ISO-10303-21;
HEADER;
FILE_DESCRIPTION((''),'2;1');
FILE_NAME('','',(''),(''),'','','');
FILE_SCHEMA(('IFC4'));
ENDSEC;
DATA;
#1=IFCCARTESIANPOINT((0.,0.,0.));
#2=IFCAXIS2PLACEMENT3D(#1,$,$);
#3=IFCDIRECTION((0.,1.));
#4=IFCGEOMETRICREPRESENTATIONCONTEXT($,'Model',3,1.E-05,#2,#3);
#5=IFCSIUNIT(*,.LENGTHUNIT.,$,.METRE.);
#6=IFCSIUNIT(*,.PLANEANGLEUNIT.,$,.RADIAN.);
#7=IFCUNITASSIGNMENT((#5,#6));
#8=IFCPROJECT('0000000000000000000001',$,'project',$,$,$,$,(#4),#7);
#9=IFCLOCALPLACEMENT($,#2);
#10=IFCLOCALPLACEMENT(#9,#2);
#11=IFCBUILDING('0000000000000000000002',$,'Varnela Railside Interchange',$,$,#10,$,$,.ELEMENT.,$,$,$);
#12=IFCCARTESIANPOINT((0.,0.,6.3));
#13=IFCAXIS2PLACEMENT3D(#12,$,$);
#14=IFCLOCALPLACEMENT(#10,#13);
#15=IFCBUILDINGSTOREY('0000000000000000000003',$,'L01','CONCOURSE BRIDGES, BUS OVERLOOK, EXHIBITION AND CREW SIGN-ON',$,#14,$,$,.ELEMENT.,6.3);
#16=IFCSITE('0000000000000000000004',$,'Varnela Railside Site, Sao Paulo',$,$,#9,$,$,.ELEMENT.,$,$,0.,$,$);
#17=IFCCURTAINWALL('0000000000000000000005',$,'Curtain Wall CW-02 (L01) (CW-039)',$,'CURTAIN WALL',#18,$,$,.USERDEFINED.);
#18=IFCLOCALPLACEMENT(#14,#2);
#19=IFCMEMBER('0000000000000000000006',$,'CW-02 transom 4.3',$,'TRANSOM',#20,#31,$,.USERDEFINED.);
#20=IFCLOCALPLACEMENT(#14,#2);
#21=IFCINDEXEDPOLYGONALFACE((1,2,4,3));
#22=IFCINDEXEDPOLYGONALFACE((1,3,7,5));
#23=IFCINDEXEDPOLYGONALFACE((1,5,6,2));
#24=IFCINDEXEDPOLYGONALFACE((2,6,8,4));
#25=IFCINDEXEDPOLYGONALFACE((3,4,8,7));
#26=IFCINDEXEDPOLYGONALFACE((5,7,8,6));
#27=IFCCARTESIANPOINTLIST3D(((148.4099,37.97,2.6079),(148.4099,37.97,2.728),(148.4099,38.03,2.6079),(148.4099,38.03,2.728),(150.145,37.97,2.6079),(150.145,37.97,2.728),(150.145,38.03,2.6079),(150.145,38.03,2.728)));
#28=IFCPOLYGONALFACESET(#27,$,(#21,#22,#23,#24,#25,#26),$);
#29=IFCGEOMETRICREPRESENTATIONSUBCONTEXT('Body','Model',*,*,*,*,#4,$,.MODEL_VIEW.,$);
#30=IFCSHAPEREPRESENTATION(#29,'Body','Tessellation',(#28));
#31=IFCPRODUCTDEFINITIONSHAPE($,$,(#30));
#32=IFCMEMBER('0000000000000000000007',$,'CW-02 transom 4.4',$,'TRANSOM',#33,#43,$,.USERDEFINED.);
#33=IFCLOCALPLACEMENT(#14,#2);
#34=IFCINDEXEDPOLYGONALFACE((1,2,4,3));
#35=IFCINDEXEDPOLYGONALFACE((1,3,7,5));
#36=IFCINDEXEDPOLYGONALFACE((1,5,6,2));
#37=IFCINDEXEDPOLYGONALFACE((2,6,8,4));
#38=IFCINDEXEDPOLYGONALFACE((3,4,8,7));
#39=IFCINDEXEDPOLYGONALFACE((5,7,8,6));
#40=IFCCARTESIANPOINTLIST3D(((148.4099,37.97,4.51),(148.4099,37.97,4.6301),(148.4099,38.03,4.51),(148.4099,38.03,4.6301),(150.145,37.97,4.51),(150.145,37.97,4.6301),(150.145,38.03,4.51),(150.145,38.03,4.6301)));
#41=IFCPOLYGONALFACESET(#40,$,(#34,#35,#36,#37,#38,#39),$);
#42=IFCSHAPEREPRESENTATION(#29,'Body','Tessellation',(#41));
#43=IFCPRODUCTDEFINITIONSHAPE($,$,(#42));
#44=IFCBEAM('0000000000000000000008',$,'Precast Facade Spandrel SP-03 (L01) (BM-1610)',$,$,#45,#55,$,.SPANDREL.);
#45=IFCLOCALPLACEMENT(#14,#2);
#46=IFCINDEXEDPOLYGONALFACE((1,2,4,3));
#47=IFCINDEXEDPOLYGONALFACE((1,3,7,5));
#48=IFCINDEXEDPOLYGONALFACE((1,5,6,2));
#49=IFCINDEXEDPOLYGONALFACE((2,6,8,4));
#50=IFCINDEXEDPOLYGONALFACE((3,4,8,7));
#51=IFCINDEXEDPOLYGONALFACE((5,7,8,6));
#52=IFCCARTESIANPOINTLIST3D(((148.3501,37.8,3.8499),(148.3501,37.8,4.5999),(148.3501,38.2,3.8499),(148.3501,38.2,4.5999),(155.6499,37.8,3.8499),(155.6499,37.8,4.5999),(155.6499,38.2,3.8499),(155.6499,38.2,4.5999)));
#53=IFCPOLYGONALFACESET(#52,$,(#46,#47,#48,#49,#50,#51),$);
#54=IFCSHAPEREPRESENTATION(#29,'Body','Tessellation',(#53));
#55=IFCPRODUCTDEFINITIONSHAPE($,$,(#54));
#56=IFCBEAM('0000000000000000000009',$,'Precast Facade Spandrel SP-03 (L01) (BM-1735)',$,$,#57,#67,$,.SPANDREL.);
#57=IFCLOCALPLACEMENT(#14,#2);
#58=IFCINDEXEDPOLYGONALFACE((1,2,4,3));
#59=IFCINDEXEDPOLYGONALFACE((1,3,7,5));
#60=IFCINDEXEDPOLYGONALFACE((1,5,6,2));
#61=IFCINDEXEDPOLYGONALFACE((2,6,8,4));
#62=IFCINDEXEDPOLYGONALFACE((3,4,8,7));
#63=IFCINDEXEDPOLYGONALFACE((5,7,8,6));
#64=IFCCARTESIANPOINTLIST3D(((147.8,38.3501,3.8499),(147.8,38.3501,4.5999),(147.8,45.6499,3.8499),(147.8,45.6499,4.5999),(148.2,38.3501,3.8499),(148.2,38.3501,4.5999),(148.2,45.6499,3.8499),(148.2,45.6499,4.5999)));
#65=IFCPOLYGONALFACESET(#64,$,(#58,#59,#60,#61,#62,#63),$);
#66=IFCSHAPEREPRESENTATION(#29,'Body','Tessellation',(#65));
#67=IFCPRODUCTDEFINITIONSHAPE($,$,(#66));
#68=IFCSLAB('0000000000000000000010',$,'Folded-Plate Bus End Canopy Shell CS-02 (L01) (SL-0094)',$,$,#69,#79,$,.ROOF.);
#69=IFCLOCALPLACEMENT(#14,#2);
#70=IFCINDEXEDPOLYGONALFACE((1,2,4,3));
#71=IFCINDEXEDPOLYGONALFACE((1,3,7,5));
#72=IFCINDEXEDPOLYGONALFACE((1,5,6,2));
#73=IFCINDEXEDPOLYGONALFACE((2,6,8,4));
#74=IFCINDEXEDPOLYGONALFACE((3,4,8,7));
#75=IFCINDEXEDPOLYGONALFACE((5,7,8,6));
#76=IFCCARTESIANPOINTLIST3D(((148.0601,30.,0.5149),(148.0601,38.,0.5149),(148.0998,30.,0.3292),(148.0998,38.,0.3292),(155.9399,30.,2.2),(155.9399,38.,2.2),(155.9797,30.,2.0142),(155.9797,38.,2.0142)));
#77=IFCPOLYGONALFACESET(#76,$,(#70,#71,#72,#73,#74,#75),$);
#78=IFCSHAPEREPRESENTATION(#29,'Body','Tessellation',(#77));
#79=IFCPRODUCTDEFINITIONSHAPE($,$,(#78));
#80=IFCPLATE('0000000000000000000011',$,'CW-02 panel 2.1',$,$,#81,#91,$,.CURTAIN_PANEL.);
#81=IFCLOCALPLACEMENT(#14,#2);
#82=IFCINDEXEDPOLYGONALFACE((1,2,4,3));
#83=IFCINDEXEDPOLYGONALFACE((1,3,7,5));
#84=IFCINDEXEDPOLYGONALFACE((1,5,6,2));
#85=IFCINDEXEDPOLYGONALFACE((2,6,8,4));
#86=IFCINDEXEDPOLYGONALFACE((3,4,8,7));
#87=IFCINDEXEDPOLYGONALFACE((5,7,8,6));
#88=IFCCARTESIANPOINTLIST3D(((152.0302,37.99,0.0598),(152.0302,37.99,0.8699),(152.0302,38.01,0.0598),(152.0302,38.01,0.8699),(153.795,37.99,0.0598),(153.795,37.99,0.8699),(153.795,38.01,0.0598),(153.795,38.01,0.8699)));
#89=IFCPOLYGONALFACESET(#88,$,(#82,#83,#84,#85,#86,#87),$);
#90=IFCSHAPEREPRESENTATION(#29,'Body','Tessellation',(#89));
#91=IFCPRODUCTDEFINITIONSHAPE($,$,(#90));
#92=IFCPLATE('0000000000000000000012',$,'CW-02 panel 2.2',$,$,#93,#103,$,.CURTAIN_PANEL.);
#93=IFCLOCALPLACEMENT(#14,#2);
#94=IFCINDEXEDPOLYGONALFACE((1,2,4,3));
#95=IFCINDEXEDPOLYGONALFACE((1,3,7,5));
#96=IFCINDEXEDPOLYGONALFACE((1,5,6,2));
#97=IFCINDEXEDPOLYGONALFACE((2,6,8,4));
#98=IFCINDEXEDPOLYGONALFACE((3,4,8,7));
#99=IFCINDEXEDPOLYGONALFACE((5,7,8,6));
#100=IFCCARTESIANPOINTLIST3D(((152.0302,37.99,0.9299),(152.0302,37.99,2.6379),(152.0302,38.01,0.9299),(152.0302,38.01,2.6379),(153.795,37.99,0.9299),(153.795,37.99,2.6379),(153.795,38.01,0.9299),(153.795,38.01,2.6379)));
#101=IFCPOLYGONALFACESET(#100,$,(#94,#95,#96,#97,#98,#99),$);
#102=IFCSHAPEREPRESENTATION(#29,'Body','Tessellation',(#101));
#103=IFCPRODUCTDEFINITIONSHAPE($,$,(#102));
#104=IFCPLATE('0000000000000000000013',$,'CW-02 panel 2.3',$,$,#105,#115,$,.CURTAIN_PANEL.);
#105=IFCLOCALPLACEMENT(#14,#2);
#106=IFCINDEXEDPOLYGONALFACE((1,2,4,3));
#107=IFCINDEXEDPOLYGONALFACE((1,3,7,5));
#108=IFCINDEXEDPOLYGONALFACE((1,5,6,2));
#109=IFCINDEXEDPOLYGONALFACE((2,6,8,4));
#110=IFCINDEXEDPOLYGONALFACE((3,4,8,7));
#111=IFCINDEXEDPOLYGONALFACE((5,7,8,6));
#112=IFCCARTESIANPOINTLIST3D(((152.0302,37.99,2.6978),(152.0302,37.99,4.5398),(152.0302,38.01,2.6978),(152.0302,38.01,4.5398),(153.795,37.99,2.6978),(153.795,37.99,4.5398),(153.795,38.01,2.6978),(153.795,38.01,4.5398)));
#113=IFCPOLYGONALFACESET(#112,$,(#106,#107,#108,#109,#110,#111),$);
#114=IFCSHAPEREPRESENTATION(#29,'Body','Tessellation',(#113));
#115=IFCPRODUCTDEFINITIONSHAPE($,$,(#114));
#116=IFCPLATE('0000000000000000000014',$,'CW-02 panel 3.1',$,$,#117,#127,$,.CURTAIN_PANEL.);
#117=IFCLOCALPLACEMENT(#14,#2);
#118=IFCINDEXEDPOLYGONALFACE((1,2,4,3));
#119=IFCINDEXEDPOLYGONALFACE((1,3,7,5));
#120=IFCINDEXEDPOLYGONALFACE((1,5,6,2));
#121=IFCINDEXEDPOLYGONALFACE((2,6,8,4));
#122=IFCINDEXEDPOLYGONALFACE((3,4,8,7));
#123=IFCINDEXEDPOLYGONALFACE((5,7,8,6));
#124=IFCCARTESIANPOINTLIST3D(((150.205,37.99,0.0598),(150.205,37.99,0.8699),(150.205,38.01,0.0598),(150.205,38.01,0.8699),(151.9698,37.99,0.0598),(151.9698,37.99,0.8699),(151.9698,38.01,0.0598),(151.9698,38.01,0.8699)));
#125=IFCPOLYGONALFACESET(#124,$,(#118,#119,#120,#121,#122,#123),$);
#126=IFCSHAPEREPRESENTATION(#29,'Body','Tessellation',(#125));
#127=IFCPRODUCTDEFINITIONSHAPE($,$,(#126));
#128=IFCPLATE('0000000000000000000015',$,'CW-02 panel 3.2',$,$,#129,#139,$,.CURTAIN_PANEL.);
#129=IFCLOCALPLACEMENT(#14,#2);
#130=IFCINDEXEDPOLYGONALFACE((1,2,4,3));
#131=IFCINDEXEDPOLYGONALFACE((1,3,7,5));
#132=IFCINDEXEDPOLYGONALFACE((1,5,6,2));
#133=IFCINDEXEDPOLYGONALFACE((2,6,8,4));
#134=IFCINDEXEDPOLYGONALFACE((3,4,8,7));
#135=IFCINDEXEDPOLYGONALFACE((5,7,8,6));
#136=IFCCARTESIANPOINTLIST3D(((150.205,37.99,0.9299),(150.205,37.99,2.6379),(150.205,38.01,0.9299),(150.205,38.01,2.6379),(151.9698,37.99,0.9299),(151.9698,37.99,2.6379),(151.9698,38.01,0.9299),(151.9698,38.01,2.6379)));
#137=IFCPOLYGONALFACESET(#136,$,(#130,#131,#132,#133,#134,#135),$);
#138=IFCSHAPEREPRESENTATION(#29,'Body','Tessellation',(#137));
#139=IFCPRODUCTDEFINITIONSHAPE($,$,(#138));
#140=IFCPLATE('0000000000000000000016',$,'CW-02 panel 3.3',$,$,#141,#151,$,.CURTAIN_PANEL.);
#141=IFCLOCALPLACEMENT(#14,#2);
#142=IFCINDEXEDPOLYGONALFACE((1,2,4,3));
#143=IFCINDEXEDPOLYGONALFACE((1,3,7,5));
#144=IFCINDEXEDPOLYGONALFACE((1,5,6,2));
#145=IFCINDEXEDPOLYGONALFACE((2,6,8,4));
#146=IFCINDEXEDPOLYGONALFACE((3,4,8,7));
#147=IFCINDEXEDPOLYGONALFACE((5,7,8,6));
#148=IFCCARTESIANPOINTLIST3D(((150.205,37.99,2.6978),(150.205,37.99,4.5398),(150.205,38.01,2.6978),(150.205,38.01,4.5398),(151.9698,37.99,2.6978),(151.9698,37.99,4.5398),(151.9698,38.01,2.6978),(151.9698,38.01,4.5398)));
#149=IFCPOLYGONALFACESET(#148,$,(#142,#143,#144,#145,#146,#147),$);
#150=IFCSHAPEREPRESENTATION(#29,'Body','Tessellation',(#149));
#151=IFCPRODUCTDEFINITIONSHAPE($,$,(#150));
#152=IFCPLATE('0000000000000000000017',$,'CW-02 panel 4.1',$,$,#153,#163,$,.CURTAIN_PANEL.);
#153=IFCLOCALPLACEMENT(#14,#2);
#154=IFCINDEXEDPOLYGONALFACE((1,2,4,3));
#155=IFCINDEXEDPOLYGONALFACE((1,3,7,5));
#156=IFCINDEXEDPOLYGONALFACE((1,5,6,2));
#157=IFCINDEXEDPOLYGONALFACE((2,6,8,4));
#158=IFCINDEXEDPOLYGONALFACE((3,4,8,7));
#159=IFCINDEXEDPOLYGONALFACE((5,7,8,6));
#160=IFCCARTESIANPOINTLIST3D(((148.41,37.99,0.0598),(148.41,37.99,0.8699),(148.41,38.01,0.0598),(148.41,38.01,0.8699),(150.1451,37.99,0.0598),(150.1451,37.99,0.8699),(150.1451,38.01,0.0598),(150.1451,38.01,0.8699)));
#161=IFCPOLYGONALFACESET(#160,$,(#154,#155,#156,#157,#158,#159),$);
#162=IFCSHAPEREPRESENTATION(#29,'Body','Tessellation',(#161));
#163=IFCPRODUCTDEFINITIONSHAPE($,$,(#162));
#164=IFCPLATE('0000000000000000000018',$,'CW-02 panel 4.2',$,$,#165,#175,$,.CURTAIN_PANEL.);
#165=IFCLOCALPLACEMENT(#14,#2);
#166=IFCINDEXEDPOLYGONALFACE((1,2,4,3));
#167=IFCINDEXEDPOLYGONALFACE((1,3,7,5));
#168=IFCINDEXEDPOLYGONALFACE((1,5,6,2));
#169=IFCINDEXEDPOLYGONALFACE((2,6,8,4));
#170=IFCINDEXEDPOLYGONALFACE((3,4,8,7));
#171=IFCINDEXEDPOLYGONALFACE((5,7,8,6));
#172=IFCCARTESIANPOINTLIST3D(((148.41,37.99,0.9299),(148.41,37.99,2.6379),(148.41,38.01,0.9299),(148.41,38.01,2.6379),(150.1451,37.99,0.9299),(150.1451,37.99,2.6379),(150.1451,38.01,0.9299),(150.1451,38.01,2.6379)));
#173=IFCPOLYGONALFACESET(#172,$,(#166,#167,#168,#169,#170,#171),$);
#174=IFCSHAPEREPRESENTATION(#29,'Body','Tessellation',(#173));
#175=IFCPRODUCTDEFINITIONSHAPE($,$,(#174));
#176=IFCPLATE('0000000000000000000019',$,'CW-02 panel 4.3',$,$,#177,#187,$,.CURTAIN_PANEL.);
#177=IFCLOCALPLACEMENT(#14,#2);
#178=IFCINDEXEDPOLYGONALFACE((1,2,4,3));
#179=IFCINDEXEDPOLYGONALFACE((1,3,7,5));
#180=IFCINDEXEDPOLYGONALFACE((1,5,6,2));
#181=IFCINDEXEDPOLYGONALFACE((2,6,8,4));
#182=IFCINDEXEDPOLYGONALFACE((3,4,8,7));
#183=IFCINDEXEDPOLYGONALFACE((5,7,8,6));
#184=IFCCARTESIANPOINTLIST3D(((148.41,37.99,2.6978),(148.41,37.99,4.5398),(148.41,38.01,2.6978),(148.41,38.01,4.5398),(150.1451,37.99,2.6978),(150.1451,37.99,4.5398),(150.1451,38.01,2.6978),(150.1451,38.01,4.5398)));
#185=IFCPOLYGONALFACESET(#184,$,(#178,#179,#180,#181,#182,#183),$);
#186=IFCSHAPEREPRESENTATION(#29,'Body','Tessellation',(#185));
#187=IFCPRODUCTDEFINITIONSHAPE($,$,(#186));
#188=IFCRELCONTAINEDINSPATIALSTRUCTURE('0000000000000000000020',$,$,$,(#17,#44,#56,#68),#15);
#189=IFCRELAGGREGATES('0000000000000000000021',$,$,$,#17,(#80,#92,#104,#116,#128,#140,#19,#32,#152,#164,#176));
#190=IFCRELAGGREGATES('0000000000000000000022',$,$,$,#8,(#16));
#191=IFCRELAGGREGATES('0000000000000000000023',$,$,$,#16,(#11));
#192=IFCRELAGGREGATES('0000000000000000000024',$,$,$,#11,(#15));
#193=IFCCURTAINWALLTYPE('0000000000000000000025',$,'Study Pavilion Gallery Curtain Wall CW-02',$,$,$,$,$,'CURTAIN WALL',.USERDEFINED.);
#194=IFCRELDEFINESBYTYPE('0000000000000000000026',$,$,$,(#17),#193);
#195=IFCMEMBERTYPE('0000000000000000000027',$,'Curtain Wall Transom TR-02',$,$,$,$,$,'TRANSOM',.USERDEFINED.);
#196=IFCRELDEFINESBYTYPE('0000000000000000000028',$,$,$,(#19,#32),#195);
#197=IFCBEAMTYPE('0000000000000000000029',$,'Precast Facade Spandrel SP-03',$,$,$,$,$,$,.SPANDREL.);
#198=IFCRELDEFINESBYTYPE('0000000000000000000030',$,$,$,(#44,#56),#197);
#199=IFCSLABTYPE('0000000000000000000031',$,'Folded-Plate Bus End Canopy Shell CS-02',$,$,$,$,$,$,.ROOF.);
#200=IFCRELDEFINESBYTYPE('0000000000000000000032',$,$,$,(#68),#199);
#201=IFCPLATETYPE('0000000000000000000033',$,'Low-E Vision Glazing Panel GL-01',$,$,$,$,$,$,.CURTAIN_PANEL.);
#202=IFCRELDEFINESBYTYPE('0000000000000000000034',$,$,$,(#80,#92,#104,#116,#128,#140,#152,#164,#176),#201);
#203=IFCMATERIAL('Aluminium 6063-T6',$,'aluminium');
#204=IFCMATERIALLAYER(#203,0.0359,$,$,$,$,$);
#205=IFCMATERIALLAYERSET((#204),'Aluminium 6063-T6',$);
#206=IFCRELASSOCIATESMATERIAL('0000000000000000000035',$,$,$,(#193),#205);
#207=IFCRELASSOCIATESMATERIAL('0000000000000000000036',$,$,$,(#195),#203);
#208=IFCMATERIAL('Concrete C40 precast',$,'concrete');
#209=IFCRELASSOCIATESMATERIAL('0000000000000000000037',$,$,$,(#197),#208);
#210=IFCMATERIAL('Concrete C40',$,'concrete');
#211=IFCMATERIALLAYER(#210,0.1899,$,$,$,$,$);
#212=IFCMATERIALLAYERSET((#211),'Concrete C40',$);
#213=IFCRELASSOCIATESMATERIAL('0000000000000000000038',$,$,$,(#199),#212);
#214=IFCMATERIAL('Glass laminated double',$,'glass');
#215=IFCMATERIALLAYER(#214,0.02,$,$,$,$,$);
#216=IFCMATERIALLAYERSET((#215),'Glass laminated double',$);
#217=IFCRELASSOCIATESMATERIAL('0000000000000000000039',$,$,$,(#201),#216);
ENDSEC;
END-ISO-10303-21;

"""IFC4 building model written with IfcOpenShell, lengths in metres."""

from ifc_helpers import new_model, si_unit, direction, frame, origin, origin_2d, place, context, subcontext, project, spatial, polyline, rectangle, outline, extrude, material, layer, layer_set, material_profile, profile_set, type_object, element, aggregate, save


model = new_model("IFC4")

# Units and contexts
model_context = context("Model", 3, precision=1e-05, world=origin(), true_north=direction((0.0, 1.0)))
body_context = subcontext(model_context, "Body", "Model", "MODEL_VIEW")
ifc_project = project(units=[si_unit("LENGTHUNIT", "METRE"), si_unit("PLANEANGLEUNIT", "RADIAN")], contexts=[model_context])

# Site, building, storey
site_placement = place(None, origin())
site = spatial("IfcSite", under=ifc_project, at=site_placement, Name="Varnela Railside Site, Sao Paulo", CompositionType="ELEMENT", RefElevation=0.0)
building_placement = place(site_placement, origin())
building = spatial("IfcBuilding", under=site, at=building_placement, Name="Varnela Railside Interchange", CompositionType="ELEMENT")
storey_placement = place(building_placement, frame((0.0, 0.0, 6.3)))
storey = spatial("IfcBuildingStorey", under=building, at=storey_placement, Name="L01", Description="CONCOURSE BRIDGES, BUS OVERLOOK, EXHIBITION AND CREW SIGN-ON", CompositionType="ELEMENT", Elevation=6.3)

# Curtain wall, members
ifc_material_1 = material(Name="Aluminium 6063-T6", Category="aluminium")
ifc_layer_1 = layer(ifc_material_1, 0.0359)
ifc_layer_set_1 = layer_set([ifc_layer_1], Name="Aluminium 6063-T6")
curtain_wall_type = type_object("IfcCurtainWallType", Name="Study Pavilion Gallery Curtain Wall CW-02", ElementType="CURTAIN WALL", PredefinedType="USERDEFINED", material=ifc_layer_set_1)
curtain_wall_placement = place(storey_placement, origin())
curtain_wall = element("IfcCurtainWall", 1, at=curtain_wall_placement, inside=storey, type_object=curtain_wall_type, Name="Curtain Wall CW-02 (L01) (CW-039)", ObjectType="CURTAIN WALL", PredefinedType="USERDEFINED")
ifc_material_profile_1 = material_profile(ifc_material_1, rectangle(XDim=0.0601, YDim=0.1201, at=origin_2d()), Name="ALU 60x120")
ifc_profile_set_1 = profile_set([ifc_material_profile_1], Name="Aluminium 6063-T6")
member_type_1 = type_object("IfcMemberType", Name="Curtain Wall Transom TR-02", ElementType="TRANSOM", PredefinedType="USERDEFINED", material=ifc_profile_set_1)
member_1_placement = place(storey_placement, frame((150.145, 38.0, 2.668), z_axis=(-1.0, 0.0, 0.0), x_axis=(0.0, -1.0, 0.0)))
member_1 = element("IfcMember", 2, at=member_1_placement, type_object=member_type_1, Name="CW-02 transom 4.3", ObjectType="TRANSOM", PredefinedType="USERDEFINED", context=body_context, shape_type="SweptSolid", body=[
    extrude(rectangle(XDim=0.0601, YDim=0.1201, at=origin_2d()), origin(), (0.0, 0.0, 1.0), 1.7351),
])
member_2_placement = place(storey_placement, frame((150.145, 38.0, 4.5701), z_axis=(-1.0, 0.0, 0.0), x_axis=(0.0, -1.0, 0.0)))
member_2 = element("IfcMember", 3, at=member_2_placement, type_object=member_type_1, Name="CW-02 transom 4.4", ObjectType="TRANSOM", PredefinedType="USERDEFINED", context=body_context, shape_type="SweptSolid", body=[
    extrude(rectangle(XDim=0.0601, YDim=0.1201, at=origin_2d()), origin(), (0.0, 0.0, 1.0), 1.7351),
])

# Beams
ifc_material_2 = material(Name="Concrete C40 precast", Category="concrete")
ifc_material_profile_2 = material_profile(ifc_material_2, rectangle(XDim=0.3999, YDim=0.75, at=origin_2d()), Name="PC 400x750")
ifc_profile_set_2 = profile_set([ifc_material_profile_2], Name="Concrete C40 precast")
beam_type_1 = type_object("IfcBeamType", Name="Precast Facade Spandrel SP-03", PredefinedType="SPANDREL", material=ifc_profile_set_2)
for number, where, z_axis, x_axis, name in (
    (4, (148.3501, 38.0, 4.2249), (1.0, 0.0, 0.0), (0.0, 1.0, 0.0), "Precast Facade Spandrel SP-03 (L01) (BM-1610)"),
    (5, (148.0, 38.3501, 4.2249), (0.0, 1.0, 0.0), (-1.0, 0.0, 0.0), "Precast Facade Spandrel SP-03 (L01) (BM-1735)"),
):
    element("IfcBeam", number, at=place(storey_placement, frame(where, z_axis=z_axis, x_axis=x_axis)), inside=storey, type_object=beam_type_1, Name=name, PredefinedType="SPANDREL", context=body_context, shape_type="SweptSolid", body=[
        extrude(rectangle(XDim=0.3999, YDim=0.75, at=origin_2d()), origin(), (0.0, 0.0, 1.0), 7.2998),
    ])

# Slab
ifc_material_3 = material(Name="Concrete C40", Category="concrete")
ifc_layer_2 = layer(ifc_material_3, 0.1899)
ifc_layer_set_2 = layer_set([ifc_layer_2], Name="Concrete C40")
slab_type = type_object("IfcSlabType", Name="Folded-Plate Bus End Canopy Shell CS-02", PredefinedType="ROOF", material=ifc_layer_set_2)
slab_placement = place(storey_placement, frame((148.0601, 30.0, 0.5149), z_axis=(-0.209115, 0.0, 0.977891), x_axis=(0.977891, 0.0, 0.209115)))
element("IfcSlab", 6, at=slab_placement, inside=storey, type_object=slab_type, Name="Folded-Plate Bus End Canopy Shell CS-02 (L01) (SL-0094)", PredefinedType="ROOF", context=body_context, shape_type="SweptSolid", body=[
    extrude(outline(polyline([(0.0, 0.0), (8.058, 0.0), (8.058, 8.0), (0.0, 8.0), (0.0, 0.0)])), origin(), (0.0, 0.0, -1.0), 0.1899),
])

# Plates
ifc_material_4 = material(Name="Glass laminated double", Category="glass")
ifc_layer_3 = layer(ifc_material_4, 0.02)
ifc_layer_set_3 = layer_set([ifc_layer_3], Name="Glass laminated double")
plate_type = type_object("IfcPlateType", Name="Low-E Vision Glazing Panel GL-01", PredefinedType="CURTAIN_PANEL", material=ifc_layer_set_3)
plate_1_placement = place(storey_placement, frame((152.9126, 38.0, 0.0598), z_axis=(0.0, 0.0, 1.0), x_axis=(-1.0, 0.0, 0.0)))
plate_1 = element("IfcPlate", 7, at=plate_1_placement, type_object=plate_type, Name="CW-02 panel 2.1", PredefinedType="CURTAIN_PANEL", context=body_context, shape_type="SweptSolid", body=[
    extrude(rectangle(XDim=1.7649, YDim=0.02, at=origin_2d()), origin(), (0.0, 0.0, 1.0), 0.8101),
])
plate_2_placement = place(storey_placement, frame((152.9126, 38.0, 0.9299), z_axis=(0.0, 0.0, 1.0), x_axis=(-1.0, 0.0, 0.0)))
plate_2 = element("IfcPlate", 8, at=plate_2_placement, type_object=plate_type, Name="CW-02 panel 2.2", PredefinedType="CURTAIN_PANEL", context=body_context, shape_type="SweptSolid", body=[
    extrude(rectangle(XDim=1.7649, YDim=0.02, at=origin_2d()), origin(), (0.0, 0.0, 1.0), 1.708),
])
plate_3_placement = place(storey_placement, frame((152.9126, 38.0, 2.6978), z_axis=(0.0, 0.0, 1.0), x_axis=(-1.0, 0.0, 0.0)))
plate_3 = element("IfcPlate", 9, at=plate_3_placement, type_object=plate_type, Name="CW-02 panel 2.3", PredefinedType="CURTAIN_PANEL", context=body_context, shape_type="SweptSolid", body=[
    extrude(rectangle(XDim=1.7649, YDim=0.02, at=origin_2d()), origin(), (0.0, 0.0, 1.0), 1.842),
])
plate_4_placement = place(storey_placement, frame((151.0874, 38.0, 0.0598), z_axis=(0.0, 0.0, 1.0), x_axis=(-1.0, 0.0, 0.0)))
plate_4 = element("IfcPlate", 10, at=plate_4_placement, type_object=plate_type, Name="CW-02 panel 3.1", PredefinedType="CURTAIN_PANEL", context=body_context, shape_type="SweptSolid", body=[
    extrude(rectangle(XDim=1.7649, YDim=0.02, at=origin_2d()), origin(), (0.0, 0.0, 1.0), 0.8101),
])
plate_5_placement = place(storey_placement, frame((151.0874, 38.0, 0.9299), z_axis=(0.0, 0.0, 1.0), x_axis=(-1.0, 0.0, 0.0)))
plate_5 = element("IfcPlate", 11, at=plate_5_placement, type_object=plate_type, Name="CW-02 panel 3.2", PredefinedType="CURTAIN_PANEL", context=body_context, shape_type="SweptSolid", body=[
    extrude(rectangle(XDim=1.7649, YDim=0.02, at=origin_2d()), origin(), (0.0, 0.0, 1.0), 1.708),
])
plate_6_placement = place(storey_placement, frame((151.0874, 38.0, 2.6978), z_axis=(0.0, 0.0, 1.0), x_axis=(-1.0, 0.0, 0.0)))
plate_6 = element("IfcPlate", 12, at=plate_6_placement, type_object=plate_type, Name="CW-02 panel 3.3", PredefinedType="CURTAIN_PANEL", context=body_context, shape_type="SweptSolid", body=[
    extrude(rectangle(XDim=1.7649, YDim=0.02, at=origin_2d()), origin(), (0.0, 0.0, 1.0), 1.842),
])
plate_7_placement = place(storey_placement, frame((149.2776, 38.0, 0.0598), z_axis=(0.0, 0.0, 1.0), x_axis=(-1.0, 0.0, 0.0)))
plate_7 = element("IfcPlate", 13, at=plate_7_placement, type_object=plate_type, Name="CW-02 panel 4.1", PredefinedType="CURTAIN_PANEL", context=body_context, shape_type="SweptSolid", body=[
    extrude(rectangle(XDim=1.7351, YDim=0.02, at=origin_2d()), origin(), (0.0, 0.0, 1.0), 0.8101),
])
plate_8_placement = place(storey_placement, frame((149.2776, 38.0, 0.9299), z_axis=(0.0, 0.0, 1.0), x_axis=(-1.0, 0.0, 0.0)))
plate_8 = element("IfcPlate", 14, at=plate_8_placement, type_object=plate_type, Name="CW-02 panel 4.2", PredefinedType="CURTAIN_PANEL", context=body_context, shape_type="SweptSolid", body=[
    extrude(rectangle(XDim=1.7351, YDim=0.02, at=origin_2d()), origin(), (0.0, 0.0, 1.0), 1.708),
])
plate_9_placement = place(storey_placement, frame((149.2776, 38.0, 2.6978), z_axis=(0.0, 0.0, 1.0), x_axis=(-1.0, 0.0, 0.0)))
plate_9 = element("IfcPlate", 15, at=plate_9_placement, type_object=plate_type, Name="CW-02 panel 4.3", PredefinedType="CURTAIN_PANEL", context=body_context, shape_type="SweptSolid", body=[
    extrude(rectangle(XDim=1.7351, YDim=0.02, at=origin_2d()), origin(), (0.0, 0.0, 1.0), 1.842),
])
aggregate(curtain_wall, [plate_1, plate_2, plate_3, plate_4, plate_5, plate_6, member_1, member_2, plate_7, plate_8, plate_9])

save(model, "model.ifc")
